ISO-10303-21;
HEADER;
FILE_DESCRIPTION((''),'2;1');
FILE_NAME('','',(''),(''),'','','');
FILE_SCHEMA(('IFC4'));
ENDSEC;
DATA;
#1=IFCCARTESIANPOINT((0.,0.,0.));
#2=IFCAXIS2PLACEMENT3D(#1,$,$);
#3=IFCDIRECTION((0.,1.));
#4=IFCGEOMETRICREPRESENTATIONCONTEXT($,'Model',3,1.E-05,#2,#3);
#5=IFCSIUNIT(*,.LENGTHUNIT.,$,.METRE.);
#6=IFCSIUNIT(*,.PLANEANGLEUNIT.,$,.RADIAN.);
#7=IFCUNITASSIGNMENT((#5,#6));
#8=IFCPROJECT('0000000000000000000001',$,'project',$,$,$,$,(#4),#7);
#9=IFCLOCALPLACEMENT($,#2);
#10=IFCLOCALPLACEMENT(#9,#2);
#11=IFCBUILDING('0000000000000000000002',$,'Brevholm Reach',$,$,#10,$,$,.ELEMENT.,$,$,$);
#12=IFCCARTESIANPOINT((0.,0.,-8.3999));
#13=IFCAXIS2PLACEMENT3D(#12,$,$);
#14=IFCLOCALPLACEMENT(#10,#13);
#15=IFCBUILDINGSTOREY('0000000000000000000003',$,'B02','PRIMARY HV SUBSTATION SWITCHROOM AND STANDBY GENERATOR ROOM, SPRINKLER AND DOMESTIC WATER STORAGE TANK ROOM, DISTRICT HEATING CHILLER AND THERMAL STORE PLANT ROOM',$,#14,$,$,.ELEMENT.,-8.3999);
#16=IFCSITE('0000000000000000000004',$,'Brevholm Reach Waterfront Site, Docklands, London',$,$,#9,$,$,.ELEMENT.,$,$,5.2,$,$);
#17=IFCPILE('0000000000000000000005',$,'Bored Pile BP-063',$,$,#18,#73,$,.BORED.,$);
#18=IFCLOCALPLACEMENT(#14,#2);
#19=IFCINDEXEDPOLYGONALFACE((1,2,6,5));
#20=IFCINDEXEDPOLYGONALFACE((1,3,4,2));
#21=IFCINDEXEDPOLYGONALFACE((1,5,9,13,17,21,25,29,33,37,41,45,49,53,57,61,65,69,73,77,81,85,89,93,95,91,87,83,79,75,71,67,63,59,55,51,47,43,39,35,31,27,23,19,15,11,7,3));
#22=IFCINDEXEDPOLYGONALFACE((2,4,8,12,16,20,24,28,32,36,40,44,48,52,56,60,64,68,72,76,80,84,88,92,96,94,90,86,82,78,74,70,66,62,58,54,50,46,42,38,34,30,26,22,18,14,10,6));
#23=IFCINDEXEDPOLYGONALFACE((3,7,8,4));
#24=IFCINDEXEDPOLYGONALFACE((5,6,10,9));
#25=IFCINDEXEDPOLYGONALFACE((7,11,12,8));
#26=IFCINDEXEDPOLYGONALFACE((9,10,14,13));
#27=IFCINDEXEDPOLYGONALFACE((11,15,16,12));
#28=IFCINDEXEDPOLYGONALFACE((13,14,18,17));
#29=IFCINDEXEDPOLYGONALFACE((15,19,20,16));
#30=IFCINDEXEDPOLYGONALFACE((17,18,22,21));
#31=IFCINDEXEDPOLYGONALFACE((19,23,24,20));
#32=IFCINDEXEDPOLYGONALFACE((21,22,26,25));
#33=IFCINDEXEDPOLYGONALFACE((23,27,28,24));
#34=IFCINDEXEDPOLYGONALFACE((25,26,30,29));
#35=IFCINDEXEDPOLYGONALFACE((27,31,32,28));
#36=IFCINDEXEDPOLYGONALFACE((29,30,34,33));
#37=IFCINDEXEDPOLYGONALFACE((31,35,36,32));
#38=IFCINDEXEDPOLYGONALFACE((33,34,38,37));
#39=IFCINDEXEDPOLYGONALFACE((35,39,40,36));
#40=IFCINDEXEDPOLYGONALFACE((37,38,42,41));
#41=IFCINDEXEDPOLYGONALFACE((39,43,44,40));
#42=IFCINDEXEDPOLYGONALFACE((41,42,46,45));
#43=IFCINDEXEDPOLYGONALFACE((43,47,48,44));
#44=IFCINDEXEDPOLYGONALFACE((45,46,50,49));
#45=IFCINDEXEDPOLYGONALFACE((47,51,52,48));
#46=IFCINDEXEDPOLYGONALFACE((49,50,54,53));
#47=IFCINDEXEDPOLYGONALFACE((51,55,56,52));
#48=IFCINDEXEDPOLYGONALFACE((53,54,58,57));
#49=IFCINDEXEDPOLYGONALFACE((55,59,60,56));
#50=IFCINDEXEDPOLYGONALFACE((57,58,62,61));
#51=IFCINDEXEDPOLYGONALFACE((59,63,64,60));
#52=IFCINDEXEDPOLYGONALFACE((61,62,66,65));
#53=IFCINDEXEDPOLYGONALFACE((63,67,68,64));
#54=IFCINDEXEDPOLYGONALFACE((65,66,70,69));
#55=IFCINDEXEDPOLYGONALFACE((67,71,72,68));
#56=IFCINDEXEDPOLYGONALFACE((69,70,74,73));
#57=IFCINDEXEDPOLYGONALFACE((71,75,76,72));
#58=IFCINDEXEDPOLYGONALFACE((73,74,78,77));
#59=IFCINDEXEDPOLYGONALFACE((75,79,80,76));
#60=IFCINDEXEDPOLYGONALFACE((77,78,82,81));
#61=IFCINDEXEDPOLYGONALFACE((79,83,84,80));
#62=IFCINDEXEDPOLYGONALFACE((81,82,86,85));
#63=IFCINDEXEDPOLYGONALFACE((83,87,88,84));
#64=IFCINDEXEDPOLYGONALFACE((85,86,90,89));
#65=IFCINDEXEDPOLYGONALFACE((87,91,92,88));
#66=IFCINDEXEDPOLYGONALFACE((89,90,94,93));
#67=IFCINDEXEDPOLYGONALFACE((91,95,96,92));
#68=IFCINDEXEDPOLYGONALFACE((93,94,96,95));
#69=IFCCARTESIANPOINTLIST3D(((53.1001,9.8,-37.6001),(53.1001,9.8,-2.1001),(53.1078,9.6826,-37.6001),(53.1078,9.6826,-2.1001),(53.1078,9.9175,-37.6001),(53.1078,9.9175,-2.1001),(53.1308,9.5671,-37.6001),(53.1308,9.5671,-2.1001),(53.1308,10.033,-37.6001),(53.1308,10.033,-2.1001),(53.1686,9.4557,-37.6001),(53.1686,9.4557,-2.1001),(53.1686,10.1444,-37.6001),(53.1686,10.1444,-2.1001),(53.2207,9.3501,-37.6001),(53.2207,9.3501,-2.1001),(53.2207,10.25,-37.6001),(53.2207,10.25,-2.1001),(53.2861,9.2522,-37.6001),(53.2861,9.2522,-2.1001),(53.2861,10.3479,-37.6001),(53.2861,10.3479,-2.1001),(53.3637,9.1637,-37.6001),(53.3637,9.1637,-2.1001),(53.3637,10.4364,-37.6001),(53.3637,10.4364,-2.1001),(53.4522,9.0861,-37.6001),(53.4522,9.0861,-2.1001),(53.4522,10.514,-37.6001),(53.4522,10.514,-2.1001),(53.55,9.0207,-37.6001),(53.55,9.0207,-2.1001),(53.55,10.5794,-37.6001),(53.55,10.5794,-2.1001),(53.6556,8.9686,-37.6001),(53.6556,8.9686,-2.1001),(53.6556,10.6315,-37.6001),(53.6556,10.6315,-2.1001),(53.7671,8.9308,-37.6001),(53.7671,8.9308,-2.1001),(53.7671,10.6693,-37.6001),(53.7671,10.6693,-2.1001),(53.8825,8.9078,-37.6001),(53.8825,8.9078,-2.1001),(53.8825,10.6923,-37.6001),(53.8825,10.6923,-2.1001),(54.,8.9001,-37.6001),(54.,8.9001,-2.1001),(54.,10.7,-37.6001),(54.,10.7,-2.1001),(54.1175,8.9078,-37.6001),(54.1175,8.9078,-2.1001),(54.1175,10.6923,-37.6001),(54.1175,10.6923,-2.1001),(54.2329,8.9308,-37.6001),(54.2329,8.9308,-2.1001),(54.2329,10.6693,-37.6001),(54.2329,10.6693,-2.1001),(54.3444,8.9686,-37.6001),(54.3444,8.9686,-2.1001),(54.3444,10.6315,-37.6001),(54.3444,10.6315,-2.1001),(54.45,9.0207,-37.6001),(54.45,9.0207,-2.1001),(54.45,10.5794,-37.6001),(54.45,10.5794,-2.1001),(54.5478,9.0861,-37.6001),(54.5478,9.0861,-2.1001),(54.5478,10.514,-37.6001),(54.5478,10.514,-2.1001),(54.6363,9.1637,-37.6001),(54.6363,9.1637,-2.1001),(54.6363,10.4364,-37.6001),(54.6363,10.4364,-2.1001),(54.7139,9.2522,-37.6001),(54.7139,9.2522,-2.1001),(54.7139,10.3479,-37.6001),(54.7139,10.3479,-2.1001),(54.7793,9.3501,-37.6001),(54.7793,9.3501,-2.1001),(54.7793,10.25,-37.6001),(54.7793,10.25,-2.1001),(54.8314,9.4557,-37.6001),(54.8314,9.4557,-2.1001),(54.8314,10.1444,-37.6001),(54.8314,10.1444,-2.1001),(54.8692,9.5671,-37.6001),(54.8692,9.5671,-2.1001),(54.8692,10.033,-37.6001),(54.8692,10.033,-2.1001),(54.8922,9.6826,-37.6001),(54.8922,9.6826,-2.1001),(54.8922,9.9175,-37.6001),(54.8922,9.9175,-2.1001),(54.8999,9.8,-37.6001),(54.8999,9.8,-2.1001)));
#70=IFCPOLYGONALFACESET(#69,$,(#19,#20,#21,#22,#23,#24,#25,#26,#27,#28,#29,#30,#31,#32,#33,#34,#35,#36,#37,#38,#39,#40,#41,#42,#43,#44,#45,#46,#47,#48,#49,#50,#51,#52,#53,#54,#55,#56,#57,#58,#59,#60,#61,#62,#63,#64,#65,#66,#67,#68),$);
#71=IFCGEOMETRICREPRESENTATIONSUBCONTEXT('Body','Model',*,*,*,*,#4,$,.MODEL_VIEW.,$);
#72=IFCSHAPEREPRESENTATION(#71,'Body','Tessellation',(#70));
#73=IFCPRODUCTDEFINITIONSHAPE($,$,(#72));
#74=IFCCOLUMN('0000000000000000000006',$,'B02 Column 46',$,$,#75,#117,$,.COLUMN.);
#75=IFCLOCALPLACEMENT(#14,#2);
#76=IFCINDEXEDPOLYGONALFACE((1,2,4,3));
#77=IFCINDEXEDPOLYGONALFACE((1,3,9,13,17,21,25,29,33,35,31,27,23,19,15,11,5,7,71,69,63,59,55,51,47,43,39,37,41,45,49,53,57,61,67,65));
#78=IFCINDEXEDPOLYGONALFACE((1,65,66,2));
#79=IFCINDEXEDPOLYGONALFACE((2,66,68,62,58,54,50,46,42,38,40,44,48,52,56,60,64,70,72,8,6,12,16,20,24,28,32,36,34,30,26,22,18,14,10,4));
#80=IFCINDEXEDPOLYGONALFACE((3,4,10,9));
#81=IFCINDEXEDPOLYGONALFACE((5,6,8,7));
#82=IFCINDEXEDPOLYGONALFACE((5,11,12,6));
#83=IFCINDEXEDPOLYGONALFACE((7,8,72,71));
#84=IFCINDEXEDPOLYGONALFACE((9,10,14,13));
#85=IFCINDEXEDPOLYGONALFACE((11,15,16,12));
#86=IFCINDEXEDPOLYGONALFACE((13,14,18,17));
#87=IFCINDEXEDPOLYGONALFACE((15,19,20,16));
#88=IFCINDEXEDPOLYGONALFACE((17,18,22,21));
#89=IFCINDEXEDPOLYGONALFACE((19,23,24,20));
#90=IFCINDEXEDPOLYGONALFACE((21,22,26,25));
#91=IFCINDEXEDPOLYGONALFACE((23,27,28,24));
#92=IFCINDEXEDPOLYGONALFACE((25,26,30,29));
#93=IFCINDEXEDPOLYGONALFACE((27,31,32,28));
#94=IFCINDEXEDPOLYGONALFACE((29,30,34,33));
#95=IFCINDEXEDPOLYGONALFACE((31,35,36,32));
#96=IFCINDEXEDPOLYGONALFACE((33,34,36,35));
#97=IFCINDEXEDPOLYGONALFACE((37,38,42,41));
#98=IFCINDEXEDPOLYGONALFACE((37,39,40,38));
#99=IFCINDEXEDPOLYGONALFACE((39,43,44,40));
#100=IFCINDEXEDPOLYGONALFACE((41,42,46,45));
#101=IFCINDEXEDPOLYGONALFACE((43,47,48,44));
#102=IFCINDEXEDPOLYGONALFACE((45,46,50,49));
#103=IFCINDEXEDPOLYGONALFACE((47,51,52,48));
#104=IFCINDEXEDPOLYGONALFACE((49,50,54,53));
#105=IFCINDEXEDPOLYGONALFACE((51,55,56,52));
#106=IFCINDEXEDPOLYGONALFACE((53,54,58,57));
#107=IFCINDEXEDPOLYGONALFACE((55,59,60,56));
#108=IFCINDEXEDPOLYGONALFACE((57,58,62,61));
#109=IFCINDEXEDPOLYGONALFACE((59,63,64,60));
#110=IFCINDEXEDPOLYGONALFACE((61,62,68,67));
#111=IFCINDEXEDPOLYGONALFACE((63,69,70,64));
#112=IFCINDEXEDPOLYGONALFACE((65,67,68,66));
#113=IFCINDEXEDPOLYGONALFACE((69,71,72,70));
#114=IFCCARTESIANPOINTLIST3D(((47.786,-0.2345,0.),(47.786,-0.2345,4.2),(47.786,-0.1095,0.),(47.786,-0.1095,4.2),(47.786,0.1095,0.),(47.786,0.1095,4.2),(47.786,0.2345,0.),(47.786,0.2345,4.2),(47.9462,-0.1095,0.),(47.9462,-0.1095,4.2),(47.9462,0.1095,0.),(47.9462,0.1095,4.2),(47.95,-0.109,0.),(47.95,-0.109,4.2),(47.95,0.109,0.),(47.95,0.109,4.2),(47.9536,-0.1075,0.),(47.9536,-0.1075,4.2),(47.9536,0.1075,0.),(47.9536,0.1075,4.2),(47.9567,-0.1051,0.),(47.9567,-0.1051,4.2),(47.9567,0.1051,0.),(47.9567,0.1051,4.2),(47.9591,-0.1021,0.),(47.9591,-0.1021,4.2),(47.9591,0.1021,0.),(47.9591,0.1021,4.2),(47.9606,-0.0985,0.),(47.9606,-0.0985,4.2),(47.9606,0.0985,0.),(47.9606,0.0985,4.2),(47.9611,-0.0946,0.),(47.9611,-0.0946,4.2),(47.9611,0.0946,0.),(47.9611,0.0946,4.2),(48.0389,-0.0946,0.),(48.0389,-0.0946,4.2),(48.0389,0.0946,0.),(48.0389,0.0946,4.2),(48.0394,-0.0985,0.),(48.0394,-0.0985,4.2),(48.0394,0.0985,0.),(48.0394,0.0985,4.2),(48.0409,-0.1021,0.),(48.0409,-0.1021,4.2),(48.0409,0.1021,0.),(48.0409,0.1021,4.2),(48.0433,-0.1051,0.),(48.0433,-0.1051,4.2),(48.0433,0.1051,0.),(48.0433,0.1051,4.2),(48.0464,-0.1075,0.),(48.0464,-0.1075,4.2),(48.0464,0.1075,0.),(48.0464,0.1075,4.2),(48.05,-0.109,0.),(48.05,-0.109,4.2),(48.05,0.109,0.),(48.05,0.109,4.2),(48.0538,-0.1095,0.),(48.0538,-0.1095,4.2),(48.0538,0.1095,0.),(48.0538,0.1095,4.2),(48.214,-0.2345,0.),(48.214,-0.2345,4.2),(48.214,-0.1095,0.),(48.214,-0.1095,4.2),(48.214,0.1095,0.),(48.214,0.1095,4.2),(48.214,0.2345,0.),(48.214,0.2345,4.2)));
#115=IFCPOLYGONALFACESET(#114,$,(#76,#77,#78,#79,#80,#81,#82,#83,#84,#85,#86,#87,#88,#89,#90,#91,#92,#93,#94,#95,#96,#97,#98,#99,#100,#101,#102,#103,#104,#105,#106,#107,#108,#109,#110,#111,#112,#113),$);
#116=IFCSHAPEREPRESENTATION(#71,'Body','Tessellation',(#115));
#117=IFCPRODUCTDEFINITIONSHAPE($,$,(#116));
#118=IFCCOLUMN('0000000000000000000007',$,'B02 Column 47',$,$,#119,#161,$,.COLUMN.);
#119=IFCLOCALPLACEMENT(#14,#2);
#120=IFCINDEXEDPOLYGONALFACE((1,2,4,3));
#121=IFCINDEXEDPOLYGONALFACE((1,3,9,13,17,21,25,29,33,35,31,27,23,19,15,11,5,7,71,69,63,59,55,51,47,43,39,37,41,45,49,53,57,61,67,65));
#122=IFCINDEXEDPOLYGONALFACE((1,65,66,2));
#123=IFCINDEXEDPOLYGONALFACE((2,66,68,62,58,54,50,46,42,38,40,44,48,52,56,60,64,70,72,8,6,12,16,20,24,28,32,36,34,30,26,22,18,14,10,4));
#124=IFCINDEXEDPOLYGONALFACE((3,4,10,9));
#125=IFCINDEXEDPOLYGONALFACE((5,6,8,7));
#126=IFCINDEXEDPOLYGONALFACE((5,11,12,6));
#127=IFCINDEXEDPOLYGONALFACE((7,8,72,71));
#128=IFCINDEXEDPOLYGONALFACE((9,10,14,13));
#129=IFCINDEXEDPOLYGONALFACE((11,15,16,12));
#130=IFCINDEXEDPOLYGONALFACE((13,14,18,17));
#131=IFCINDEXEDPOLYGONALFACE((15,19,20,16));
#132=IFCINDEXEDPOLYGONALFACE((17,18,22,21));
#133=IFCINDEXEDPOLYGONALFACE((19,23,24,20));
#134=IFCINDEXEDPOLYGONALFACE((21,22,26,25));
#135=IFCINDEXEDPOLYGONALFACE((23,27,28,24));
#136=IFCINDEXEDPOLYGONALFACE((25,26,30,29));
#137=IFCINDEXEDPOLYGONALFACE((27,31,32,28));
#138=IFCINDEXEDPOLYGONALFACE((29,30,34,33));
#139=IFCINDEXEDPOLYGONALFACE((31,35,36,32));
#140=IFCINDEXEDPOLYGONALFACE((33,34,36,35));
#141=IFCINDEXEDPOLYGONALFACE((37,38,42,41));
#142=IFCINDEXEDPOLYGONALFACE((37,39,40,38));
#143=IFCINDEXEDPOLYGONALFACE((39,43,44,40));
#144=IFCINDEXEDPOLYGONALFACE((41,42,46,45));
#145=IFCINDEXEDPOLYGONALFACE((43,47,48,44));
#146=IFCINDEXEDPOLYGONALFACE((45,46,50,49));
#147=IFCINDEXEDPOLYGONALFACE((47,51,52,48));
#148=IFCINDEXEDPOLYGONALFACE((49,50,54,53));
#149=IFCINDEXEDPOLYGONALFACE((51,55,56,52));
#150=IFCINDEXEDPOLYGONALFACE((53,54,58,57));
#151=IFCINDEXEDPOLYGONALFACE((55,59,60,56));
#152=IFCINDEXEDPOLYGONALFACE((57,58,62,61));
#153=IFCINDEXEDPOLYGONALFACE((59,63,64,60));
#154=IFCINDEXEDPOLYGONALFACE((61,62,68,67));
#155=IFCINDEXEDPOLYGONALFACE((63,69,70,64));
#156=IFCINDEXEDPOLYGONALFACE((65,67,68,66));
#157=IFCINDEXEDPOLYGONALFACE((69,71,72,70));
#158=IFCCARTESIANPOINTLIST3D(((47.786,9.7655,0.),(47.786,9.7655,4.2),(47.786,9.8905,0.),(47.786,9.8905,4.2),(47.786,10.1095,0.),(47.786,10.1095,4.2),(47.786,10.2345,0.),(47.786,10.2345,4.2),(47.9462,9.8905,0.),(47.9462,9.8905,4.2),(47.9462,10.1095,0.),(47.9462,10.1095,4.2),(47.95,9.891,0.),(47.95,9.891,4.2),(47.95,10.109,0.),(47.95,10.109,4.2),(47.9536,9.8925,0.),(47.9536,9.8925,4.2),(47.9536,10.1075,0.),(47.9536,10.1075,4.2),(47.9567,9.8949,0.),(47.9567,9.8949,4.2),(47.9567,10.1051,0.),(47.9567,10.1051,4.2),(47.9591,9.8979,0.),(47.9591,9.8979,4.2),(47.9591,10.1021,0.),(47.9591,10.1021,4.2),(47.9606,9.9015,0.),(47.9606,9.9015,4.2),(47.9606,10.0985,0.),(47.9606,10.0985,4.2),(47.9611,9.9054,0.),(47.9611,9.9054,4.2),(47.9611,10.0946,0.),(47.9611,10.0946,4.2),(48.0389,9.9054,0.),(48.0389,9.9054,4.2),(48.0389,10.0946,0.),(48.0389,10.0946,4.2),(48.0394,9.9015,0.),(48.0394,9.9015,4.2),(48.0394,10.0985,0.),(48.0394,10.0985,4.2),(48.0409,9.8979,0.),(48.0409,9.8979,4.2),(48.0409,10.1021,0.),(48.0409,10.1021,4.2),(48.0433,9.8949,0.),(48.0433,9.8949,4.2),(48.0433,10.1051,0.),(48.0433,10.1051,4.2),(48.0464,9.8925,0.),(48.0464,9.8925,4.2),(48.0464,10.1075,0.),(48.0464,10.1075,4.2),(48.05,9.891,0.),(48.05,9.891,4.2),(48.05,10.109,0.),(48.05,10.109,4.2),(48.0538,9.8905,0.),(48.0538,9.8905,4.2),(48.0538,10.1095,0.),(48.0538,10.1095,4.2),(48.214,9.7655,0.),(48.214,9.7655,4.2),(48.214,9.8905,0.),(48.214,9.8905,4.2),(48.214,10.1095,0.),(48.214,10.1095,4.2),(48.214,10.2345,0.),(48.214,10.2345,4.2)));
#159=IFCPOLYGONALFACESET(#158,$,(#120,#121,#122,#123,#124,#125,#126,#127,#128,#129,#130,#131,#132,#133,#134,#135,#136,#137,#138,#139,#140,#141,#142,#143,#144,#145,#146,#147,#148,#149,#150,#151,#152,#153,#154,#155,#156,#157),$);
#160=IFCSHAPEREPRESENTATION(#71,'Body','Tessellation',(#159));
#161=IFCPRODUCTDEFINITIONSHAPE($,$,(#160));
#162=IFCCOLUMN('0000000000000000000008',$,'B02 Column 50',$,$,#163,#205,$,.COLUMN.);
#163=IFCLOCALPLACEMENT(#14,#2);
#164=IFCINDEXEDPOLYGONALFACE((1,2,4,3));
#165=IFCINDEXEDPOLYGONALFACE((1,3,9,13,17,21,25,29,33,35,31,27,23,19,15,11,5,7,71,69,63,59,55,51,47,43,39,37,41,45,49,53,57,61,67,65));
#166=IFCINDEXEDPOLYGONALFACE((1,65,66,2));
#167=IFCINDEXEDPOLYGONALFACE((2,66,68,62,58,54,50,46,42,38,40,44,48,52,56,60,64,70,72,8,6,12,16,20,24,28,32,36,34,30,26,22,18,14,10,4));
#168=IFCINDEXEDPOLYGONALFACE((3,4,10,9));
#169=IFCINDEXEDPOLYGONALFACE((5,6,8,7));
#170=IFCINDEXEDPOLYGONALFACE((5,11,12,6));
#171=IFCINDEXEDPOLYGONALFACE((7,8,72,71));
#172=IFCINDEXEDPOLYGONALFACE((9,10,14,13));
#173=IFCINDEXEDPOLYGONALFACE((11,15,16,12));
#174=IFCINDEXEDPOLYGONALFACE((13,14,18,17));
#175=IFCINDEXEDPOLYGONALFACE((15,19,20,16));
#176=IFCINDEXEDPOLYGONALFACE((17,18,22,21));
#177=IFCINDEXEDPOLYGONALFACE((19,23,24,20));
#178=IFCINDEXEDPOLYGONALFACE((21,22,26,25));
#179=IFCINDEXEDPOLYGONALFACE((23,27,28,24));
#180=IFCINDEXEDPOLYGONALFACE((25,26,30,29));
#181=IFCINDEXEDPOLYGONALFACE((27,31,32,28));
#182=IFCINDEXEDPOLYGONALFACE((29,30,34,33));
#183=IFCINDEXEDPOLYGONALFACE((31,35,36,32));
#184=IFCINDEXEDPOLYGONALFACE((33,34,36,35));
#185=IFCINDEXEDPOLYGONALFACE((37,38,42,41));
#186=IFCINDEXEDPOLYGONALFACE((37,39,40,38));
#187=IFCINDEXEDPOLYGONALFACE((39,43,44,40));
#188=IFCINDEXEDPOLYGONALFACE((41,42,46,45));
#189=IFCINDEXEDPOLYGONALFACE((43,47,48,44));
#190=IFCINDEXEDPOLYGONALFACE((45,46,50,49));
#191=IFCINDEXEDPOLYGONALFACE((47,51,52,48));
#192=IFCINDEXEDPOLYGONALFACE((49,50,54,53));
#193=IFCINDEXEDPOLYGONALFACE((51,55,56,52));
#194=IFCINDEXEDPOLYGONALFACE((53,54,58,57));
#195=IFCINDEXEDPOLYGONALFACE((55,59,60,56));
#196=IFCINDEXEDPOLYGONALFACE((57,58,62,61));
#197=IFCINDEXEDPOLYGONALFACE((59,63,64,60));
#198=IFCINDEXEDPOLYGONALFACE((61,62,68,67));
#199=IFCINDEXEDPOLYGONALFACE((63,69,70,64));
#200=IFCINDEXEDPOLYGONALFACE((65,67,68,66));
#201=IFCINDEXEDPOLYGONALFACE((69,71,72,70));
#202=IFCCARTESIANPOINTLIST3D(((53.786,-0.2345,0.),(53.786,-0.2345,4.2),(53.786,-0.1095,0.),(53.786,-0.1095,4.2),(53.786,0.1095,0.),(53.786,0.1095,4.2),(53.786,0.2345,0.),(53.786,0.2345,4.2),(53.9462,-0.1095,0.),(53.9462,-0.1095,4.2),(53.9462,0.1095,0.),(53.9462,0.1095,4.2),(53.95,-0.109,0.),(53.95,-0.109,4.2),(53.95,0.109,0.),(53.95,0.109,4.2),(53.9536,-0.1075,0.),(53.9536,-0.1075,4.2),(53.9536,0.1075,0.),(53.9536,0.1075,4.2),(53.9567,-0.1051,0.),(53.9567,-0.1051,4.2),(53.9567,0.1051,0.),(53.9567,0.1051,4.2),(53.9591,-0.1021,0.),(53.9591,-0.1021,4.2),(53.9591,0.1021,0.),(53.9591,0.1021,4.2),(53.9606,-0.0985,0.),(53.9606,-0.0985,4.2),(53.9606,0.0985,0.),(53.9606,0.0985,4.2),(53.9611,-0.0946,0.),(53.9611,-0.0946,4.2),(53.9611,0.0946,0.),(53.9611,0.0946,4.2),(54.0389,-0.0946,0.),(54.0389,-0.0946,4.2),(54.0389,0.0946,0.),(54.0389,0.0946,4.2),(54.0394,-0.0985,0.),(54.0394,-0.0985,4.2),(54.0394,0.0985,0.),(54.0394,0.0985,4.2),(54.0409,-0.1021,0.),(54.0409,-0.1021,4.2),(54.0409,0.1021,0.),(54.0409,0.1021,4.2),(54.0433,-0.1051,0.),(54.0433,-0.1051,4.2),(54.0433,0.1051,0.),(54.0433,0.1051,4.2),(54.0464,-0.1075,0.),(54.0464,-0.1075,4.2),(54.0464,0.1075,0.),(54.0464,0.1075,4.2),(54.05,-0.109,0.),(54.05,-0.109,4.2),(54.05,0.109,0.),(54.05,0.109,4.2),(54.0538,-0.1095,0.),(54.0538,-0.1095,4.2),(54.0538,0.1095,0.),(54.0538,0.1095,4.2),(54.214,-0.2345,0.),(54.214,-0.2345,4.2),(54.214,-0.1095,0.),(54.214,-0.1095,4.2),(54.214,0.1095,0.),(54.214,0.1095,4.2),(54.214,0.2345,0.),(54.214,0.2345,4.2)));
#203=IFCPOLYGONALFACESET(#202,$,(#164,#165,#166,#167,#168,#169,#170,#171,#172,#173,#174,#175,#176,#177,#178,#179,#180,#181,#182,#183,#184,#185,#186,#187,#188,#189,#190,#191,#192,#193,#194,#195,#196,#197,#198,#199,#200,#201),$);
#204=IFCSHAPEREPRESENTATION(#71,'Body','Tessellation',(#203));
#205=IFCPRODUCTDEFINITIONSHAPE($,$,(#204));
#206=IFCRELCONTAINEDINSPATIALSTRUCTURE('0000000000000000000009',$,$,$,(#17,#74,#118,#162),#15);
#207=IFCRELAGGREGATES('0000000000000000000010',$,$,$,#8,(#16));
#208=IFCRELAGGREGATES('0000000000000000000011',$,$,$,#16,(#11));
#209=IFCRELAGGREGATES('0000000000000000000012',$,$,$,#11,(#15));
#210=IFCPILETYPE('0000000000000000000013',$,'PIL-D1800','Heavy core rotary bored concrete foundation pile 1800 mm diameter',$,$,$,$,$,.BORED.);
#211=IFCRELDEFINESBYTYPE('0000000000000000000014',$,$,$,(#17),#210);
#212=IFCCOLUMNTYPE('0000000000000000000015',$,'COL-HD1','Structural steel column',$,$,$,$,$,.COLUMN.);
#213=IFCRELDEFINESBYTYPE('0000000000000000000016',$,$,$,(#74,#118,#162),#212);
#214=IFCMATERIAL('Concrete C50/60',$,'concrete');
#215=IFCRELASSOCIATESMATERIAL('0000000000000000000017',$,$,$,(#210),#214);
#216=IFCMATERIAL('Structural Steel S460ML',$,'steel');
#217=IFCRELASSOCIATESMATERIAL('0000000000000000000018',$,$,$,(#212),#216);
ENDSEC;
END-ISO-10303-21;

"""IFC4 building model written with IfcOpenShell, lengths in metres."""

from ifc_helpers import new_model, si_unit, direction, frame, origin, origin_2d, place, context, subcontext, project, spatial, circle, i_section, extrude, material, material_profile, profile_set, type_object, element, save


model = new_model("IFC4")

# Units and contexts
model_context = context("Model", 3, precision=1e-05, world=origin(), true_north=direction((0.0, 1.0)))
body_context = subcontext(model_context, "Body", "Model", "MODEL_VIEW")
ifc_project = project(units=[si_unit("LENGTHUNIT", "METRE"), si_unit("PLANEANGLEUNIT", "RADIAN")], contexts=[model_context])

# Site, building, storey
site_placement = place(None, origin())
site = spatial("IfcSite", under=ifc_project, at=site_placement, Name="Brevholm Reach Waterfront Site, Docklands, London", CompositionType="ELEMENT", RefElevation=5.2)
building_placement = place(site_placement, origin())
building = spatial("IfcBuilding", under=site, at=building_placement, Name="Brevholm Reach", CompositionType="ELEMENT")
storey_placement = place(building_placement, frame((0.0, 0.0, -8.3999)))
storey = spatial("IfcBuildingStorey", under=building, at=storey_placement, Name="B02", Description="PRIMARY HV SUBSTATION SWITCHROOM AND STANDBY GENERATOR ROOM, SPRINKLER AND DOMESTIC WATER STORAGE TANK ROOM, DISTRICT HEATING CHILLER AND THERMAL STORE PLANT ROOM", CompositionType="ELEMENT", Elevation=-8.3999)

# Pile
ifc_material_1 = material(Name="Concrete C50/60", Category="concrete")
ifc_material_profile_1 = material_profile(ifc_material_1, circle(Radius=0.8999, at=origin_2d()), Name="PILE D1800")
ifc_profile_set_1 = profile_set([ifc_material_profile_1], Name="Concrete C50/60")
pile_type_1 = type_object("IfcPileType", Name="PIL-D1800", Description="Heavy core rotary bored concrete foundation pile 1800 mm diameter", PredefinedType="BORED", material=ifc_profile_set_1)
for number, where, z_axis, x_axis, name in (
    (1, (54.0, 9.8, -2.1001), (0.0, 0.0, -1.0), (1.0, 0.0, 0.0), "Bored Pile BP-063"),
):
    element("IfcPile", number, at=place(storey_placement, frame(where, z_axis=z_axis, x_axis=x_axis)), inside=storey, type_object=pile_type_1, Name=name, PredefinedType="BORED", context=body_context, shape_type="SweptSolid", body=[
        extrude(circle(Radius=0.8999, at=origin_2d()), origin(), (0.0, 0.0, 1.0), 35.5),
    ])

# Columns
ifc_material_2 = material(Name="Structural Steel S460ML", Category="steel")
ifc_material_profile_2 = material_profile(ifc_material_2, i_section(OverallWidth=0.428, OverallDepth=0.469, WebThickness=0.0779, FlangeThickness=0.125, FilletRadius=0.0149, at=origin_2d()), Name="HD 400x1086")
ifc_profile_set_2 = profile_set([ifc_material_profile_2], Name="Structural Steel S460ML")
column_type = type_object("IfcColumnType", Name="COL-HD1", Description="Structural steel column", PredefinedType="COLUMN", material=ifc_profile_set_2)
for number, where, z_axis, x_axis, name in (
    (2, (48.0, 0.0, 0.0), (0.0, 0.0, 1.0), (1.0, 0.0, 0.0), "B02 Column 46"),
    (3, (48.0, 10.0, 0.0), (0.0, 0.0, 1.0), (1.0, 0.0, 0.0), "B02 Column 47"),
    (4, (54.0, 0.0, 0.0), (0.0, 0.0, 1.0), (1.0, 0.0, 0.0), "B02 Column 50"),
):
    element("IfcColumn", number, at=place(storey_placement, frame(where, z_axis=z_axis, x_axis=x_axis)), inside=storey, type_object=column_type, Name=name, PredefinedType="COLUMN", context=body_context, shape_type="SweptSolid", body=[
        extrude(i_section(OverallWidth=0.428, OverallDepth=0.469, WebThickness=0.0779, FlangeThickness=0.125, FilletRadius=0.0149, at=origin_2d()), origin(), (0.0, 0.0, 1.0), 4.2),
    ])

save(model, "model.ifc")
